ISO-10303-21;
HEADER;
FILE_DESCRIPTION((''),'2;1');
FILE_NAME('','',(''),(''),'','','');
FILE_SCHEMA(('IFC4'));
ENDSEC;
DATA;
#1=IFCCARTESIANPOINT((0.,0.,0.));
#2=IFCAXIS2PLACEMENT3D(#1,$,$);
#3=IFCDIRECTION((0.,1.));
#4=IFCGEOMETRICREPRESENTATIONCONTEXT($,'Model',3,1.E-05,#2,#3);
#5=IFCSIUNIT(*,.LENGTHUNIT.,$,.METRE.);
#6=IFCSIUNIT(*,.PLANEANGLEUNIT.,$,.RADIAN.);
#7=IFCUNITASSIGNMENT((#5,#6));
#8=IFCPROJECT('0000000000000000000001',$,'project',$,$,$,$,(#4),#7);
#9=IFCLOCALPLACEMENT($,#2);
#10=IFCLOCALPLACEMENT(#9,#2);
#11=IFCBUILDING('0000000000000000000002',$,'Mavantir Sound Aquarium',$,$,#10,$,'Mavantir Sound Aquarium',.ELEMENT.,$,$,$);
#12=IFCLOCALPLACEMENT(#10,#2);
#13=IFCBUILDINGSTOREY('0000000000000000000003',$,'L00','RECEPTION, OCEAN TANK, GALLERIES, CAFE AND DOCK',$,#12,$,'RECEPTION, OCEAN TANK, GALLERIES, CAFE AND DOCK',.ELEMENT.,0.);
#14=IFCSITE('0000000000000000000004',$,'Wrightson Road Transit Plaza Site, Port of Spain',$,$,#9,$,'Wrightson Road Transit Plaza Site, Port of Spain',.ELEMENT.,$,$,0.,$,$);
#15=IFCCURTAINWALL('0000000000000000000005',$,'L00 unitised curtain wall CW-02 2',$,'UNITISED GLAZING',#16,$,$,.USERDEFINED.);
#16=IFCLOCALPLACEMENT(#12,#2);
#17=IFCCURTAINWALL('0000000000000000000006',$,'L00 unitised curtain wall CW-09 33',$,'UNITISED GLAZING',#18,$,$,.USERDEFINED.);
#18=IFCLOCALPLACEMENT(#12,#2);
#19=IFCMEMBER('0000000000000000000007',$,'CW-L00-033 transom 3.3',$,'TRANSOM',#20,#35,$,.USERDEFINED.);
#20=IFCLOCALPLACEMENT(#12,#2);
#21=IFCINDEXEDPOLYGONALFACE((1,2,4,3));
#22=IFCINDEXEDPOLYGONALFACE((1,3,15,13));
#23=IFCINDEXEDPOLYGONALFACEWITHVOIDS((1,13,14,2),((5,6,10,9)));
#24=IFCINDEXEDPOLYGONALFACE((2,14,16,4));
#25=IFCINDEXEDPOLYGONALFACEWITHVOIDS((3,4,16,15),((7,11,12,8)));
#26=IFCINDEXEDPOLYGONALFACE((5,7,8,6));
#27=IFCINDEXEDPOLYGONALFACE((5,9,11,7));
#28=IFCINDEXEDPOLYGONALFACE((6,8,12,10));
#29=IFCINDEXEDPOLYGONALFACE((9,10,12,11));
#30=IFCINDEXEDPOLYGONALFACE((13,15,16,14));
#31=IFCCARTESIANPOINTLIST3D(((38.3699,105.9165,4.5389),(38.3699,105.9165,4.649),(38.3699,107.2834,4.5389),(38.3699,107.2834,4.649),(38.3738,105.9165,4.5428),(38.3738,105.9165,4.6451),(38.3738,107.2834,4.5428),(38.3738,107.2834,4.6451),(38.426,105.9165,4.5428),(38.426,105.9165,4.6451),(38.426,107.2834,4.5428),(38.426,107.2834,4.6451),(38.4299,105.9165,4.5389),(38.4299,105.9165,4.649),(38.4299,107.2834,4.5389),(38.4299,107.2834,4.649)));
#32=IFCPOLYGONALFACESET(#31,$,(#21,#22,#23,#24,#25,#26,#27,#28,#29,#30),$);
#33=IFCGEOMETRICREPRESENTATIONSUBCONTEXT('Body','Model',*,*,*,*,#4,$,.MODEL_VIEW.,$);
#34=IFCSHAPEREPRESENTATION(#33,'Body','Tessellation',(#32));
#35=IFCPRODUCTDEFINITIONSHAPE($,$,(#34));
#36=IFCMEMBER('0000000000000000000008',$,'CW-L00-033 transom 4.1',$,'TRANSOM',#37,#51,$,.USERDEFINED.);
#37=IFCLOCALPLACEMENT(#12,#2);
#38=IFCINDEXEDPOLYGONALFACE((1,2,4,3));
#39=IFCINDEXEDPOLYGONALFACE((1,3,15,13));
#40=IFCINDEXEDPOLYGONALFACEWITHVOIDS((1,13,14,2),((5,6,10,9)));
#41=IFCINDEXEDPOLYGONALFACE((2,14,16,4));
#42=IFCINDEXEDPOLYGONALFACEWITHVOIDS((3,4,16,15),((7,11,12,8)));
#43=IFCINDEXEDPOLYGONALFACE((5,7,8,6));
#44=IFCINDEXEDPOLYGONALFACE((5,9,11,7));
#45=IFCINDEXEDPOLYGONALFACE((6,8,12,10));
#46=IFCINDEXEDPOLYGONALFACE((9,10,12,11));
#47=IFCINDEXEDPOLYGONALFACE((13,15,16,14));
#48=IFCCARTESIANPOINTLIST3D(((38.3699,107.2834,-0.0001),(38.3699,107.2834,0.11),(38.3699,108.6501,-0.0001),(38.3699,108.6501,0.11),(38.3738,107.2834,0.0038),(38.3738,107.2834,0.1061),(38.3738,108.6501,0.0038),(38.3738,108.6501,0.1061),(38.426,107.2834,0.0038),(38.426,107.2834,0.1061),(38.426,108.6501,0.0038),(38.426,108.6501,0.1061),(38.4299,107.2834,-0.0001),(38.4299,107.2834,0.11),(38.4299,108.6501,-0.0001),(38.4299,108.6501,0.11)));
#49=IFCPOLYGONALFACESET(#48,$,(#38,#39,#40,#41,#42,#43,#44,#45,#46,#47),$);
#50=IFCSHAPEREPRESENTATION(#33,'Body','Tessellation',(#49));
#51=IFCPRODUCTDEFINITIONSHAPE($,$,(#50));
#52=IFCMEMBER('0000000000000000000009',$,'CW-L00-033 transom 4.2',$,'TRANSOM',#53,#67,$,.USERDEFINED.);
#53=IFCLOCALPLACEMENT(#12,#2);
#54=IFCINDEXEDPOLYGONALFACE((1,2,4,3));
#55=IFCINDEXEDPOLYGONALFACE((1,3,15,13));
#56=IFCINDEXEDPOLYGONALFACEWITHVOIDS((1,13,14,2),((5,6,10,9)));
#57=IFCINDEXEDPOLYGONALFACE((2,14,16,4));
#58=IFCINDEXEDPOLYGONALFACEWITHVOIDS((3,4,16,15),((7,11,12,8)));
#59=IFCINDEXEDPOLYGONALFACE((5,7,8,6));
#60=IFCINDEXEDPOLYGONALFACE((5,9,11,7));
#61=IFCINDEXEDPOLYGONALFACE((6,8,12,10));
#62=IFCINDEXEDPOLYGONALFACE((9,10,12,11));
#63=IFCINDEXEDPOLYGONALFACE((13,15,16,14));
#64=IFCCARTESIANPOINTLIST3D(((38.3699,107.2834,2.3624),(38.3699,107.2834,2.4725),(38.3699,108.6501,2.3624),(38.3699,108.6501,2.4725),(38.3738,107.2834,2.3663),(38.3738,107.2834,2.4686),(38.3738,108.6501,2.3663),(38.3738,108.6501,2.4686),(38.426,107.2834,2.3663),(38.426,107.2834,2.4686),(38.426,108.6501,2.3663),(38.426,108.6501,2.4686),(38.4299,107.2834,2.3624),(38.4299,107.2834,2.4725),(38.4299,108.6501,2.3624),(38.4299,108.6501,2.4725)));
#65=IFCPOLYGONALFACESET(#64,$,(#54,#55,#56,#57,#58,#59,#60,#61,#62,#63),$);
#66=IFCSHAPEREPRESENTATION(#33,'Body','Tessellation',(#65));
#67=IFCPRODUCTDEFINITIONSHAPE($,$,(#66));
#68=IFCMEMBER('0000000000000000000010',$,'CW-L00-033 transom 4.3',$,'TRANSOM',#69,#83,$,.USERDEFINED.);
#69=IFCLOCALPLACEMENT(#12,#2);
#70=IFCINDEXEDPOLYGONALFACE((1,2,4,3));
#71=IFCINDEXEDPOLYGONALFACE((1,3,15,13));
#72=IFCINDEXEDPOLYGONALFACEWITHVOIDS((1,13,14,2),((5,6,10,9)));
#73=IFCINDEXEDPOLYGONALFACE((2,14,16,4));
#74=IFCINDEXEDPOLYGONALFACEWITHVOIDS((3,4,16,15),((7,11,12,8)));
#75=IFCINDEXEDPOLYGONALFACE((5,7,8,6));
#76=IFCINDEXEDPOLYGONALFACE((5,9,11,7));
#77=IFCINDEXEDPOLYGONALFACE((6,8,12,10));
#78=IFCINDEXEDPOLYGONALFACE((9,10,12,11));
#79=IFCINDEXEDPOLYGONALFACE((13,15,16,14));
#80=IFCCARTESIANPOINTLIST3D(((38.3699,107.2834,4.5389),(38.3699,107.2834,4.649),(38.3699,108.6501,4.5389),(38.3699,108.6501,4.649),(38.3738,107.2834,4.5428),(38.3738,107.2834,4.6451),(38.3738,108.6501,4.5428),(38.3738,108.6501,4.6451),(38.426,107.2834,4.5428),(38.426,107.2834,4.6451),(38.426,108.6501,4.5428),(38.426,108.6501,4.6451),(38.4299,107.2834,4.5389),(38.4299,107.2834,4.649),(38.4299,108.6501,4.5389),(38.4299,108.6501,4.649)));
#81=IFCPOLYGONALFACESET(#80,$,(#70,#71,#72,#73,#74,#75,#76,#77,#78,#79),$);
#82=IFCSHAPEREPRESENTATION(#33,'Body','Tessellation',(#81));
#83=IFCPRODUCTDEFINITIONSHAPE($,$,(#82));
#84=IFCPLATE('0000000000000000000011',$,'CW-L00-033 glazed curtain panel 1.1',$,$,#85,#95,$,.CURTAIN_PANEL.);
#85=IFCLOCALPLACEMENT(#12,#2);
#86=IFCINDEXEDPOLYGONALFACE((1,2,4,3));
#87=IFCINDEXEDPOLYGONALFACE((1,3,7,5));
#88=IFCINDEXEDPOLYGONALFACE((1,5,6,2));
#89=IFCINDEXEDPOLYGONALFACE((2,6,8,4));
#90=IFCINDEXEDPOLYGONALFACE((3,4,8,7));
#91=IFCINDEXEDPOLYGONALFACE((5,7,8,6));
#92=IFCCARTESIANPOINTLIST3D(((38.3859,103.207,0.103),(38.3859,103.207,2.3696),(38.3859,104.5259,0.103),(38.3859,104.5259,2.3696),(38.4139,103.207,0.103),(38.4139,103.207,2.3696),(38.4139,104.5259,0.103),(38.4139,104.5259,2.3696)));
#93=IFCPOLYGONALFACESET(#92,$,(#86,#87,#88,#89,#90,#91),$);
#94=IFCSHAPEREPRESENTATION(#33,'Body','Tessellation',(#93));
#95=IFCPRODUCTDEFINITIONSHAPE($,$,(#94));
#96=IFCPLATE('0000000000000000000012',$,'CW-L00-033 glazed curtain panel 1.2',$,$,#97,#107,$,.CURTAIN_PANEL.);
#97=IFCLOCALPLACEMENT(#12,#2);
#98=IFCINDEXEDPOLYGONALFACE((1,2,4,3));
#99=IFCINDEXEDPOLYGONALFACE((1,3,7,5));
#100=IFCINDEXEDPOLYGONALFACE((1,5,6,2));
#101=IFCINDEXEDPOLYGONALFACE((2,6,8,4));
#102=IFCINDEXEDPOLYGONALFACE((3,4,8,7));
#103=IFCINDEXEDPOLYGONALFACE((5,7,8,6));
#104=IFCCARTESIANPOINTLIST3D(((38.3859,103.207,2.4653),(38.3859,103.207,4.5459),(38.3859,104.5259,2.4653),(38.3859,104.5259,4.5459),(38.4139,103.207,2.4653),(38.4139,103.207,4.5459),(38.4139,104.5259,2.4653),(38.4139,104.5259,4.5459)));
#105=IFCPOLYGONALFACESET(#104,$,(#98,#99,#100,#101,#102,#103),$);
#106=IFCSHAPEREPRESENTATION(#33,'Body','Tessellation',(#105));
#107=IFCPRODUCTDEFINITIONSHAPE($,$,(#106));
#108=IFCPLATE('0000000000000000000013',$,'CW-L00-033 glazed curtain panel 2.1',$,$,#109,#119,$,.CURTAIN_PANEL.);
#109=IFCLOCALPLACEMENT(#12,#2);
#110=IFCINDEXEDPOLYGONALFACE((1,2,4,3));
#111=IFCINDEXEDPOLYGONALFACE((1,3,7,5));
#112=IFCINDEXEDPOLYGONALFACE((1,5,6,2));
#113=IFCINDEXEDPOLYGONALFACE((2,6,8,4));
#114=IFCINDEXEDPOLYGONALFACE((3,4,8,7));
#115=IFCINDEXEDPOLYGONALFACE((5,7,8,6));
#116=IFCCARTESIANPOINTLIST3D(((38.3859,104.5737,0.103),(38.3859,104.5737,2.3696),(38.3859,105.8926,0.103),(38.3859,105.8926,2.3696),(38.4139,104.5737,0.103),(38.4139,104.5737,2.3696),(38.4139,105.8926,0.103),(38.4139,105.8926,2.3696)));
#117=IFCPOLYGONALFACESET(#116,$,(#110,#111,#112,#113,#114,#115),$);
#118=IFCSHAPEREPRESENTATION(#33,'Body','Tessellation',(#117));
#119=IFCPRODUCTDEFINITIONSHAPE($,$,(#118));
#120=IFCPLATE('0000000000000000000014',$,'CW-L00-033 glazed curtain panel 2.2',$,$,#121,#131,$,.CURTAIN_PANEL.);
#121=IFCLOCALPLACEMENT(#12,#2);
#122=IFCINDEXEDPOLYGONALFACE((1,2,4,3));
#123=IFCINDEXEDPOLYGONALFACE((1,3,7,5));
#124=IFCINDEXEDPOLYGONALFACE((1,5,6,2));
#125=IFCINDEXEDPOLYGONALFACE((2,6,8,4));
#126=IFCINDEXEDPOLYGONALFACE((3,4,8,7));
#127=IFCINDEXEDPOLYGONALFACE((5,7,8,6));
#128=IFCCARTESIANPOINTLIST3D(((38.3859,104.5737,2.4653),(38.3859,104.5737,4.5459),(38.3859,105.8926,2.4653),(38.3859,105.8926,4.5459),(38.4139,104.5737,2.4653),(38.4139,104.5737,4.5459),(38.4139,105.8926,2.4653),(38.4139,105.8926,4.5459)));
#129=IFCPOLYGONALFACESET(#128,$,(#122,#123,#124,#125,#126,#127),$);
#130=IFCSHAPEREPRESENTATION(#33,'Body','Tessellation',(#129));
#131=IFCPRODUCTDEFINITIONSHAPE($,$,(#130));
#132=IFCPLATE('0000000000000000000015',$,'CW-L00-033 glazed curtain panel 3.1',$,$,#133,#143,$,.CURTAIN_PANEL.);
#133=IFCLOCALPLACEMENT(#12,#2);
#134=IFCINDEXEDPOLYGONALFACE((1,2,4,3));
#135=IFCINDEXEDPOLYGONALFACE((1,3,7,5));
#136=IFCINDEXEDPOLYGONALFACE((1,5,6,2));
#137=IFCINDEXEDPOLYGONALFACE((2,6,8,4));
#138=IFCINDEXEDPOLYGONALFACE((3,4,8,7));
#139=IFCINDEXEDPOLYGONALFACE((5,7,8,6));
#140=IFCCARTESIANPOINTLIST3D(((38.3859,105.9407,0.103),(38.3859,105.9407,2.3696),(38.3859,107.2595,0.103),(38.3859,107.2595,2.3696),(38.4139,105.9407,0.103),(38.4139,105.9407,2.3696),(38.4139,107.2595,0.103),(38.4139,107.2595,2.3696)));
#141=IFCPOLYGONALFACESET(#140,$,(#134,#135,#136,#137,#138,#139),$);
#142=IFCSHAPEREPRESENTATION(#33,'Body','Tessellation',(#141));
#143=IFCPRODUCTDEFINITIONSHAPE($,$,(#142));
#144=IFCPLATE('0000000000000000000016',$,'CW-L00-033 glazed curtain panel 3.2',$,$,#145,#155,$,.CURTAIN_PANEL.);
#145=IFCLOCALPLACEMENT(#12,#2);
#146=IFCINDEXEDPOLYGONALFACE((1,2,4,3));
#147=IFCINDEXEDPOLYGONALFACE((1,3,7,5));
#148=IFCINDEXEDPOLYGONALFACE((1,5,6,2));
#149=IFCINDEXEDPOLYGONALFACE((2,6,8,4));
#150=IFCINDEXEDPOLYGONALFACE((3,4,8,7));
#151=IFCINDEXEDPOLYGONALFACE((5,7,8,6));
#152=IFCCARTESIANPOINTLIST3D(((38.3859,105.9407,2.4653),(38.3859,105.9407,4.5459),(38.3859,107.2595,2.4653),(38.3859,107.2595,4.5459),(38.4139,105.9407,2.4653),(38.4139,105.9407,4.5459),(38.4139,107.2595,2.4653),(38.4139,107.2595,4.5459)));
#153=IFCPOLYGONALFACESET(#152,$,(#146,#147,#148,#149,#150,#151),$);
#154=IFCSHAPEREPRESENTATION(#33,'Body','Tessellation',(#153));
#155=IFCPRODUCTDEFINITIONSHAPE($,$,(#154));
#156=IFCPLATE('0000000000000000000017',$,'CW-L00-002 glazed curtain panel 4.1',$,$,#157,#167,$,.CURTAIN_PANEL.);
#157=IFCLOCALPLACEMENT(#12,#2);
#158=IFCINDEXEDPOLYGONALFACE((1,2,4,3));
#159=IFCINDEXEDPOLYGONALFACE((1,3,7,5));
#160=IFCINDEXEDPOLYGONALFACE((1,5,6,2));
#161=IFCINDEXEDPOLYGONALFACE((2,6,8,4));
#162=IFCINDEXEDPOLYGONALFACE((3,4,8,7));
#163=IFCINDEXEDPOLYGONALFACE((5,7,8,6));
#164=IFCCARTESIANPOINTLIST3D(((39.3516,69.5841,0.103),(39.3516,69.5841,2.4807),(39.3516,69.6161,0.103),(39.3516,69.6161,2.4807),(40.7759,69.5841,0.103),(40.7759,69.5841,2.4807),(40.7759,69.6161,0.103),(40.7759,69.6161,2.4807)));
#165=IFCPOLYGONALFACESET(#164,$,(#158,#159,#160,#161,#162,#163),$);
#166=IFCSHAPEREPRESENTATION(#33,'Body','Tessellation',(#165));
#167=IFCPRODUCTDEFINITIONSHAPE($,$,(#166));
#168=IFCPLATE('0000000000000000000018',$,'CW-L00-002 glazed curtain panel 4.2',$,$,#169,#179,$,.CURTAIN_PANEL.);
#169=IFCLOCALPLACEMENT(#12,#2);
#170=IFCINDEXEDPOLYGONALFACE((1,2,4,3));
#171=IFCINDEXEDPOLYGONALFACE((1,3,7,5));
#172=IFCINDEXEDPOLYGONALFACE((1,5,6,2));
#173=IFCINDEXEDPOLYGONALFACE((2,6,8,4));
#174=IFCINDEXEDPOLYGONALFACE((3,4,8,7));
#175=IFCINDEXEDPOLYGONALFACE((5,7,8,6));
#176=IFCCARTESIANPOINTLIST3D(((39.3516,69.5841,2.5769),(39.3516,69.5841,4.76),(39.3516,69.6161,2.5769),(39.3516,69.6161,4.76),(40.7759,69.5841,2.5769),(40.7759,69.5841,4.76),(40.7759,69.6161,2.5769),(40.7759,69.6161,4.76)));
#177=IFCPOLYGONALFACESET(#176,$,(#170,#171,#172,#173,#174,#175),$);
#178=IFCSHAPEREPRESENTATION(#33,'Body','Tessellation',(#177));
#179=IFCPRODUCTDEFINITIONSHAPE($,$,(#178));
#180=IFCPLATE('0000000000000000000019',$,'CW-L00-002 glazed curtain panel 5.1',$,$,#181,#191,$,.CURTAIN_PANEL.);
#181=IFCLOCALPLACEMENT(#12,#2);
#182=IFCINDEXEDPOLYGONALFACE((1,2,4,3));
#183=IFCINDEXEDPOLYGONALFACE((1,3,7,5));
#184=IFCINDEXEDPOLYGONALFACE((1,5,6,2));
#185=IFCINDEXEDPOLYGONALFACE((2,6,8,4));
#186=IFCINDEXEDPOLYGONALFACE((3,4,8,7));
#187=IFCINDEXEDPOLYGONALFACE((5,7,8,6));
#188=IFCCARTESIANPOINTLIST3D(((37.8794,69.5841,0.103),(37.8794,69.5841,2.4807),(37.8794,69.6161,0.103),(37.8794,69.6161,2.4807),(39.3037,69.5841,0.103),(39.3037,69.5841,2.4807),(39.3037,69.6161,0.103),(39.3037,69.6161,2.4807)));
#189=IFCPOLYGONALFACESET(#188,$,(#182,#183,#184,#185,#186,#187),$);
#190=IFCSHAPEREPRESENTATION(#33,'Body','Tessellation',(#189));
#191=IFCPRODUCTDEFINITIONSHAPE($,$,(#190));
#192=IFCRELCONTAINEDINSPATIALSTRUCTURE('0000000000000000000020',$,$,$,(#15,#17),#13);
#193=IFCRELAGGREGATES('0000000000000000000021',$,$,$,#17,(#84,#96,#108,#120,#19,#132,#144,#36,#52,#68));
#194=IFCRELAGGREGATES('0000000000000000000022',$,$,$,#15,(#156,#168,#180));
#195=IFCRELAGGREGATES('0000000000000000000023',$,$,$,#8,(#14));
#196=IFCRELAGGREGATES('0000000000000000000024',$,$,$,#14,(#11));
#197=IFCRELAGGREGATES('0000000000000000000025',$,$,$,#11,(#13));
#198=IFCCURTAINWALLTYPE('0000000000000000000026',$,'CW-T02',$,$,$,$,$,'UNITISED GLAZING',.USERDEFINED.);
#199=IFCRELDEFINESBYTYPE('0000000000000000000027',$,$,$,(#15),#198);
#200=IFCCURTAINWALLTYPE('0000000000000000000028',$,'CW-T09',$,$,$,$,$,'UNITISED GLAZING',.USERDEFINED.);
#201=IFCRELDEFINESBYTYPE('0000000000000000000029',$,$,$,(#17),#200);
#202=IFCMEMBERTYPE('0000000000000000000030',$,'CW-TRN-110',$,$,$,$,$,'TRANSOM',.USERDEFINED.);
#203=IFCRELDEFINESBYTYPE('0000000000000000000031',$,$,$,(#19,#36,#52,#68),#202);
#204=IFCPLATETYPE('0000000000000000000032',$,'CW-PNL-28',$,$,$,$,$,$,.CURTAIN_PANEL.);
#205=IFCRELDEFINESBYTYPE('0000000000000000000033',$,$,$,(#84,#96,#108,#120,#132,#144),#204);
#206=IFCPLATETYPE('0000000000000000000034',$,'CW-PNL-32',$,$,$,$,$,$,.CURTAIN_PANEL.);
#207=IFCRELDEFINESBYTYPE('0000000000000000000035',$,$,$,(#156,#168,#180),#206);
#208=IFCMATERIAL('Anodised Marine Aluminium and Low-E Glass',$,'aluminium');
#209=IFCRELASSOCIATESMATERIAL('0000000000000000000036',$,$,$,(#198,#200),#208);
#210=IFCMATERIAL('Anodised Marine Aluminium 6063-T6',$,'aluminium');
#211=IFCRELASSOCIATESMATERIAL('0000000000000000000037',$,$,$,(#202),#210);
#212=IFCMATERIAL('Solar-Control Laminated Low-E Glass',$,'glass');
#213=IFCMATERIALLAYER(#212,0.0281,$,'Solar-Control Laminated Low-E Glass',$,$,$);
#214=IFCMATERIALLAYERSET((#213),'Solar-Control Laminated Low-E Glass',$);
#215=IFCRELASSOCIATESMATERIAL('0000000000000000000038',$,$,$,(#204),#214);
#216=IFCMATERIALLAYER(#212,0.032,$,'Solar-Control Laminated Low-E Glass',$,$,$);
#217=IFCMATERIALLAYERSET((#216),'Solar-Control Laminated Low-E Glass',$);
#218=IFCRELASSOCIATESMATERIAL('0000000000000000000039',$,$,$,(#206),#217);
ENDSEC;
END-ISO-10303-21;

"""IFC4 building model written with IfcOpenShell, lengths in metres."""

from ifc_helpers import new_model, si_unit, direction, frame, origin, origin_2d, place, context, subcontext, project, spatial, rectangle, hollow_rectangle, extrude, material, layer, layer_set, material_profile, profile_set, type_object, element, aggregate, save


model = new_model("IFC4")

# Units and contexts
model_context = context("Model", 3, precision=1e-05, world=origin(), true_north=direction((0.0, 1.0)))
body_context = subcontext(model_context, "Body", "Model", "MODEL_VIEW")
ifc_project = project(units=[si_unit("LENGTHUNIT", "METRE"), si_unit("PLANEANGLEUNIT", "RADIAN")], contexts=[model_context])

# Site, building, storey
site_placement = place(None, origin())
site = spatial("IfcSite", under=ifc_project, at=site_placement, Name="Wrightson Road Transit Plaza Site, Port of Spain", LongName="Wrightson Road Transit Plaza Site, Port of Spain", CompositionType="ELEMENT", RefElevation=0.0)
building_placement = place(site_placement, origin())
building = spatial("IfcBuilding", under=site, at=building_placement, Name="Mavantir Sound Aquarium", LongName="Mavantir Sound Aquarium", CompositionType="ELEMENT")
storey_placement = place(building_placement, origin())
storey = spatial("IfcBuildingStorey", under=building, at=storey_placement, Name="L00", Description="RECEPTION, OCEAN TANK, GALLERIES, CAFE AND DOCK", LongName="RECEPTION, OCEAN TANK, GALLERIES, CAFE AND DOCK", CompositionType="ELEMENT", Elevation=0.0)

# Curtain wall
ifc_material_1 = material(Name="Anodised Marine Aluminium and Low-E Glass", Category="aluminium")
curtain_wall_type_1 = type_object("IfcCurtainWallType", Name="CW-T02", ElementType="UNITISED GLAZING", PredefinedType="USERDEFINED", material=ifc_material_1)
curtain_wall_1_placement = place(storey_placement, origin())
curtain_wall_1 = element("IfcCurtainWall", 1, at=curtain_wall_1_placement, inside=storey, type_object=curtain_wall_type_1, Name="L00 unitised curtain wall CW-02 2", ObjectType="UNITISED GLAZING", PredefinedType="USERDEFINED")
ifc_material_2 = material(Name="Anodised Marine Aluminium 6063-T6", Category="aluminium")
ifc_material_profile_1 = material_profile(ifc_material_2, hollow_rectangle(XDim=0.0601, YDim=0.1101, WallThickness=0.0039, at=origin_2d()), Name="ALU-TRANSOM-110X60")
ifc_profile_set_1 = profile_set([ifc_material_profile_1], Name="Anodised Marine Aluminium 6063-T6")
member_type_1 = type_object("IfcMemberType", Name="CW-TRN-110", ElementType="TRANSOM", PredefinedType="USERDEFINED", material=ifc_profile_set_1)

# Curtain wall, members, plates
curtain_wall_type_2 = type_object("IfcCurtainWallType", Name="CW-T09", ElementType="UNITISED GLAZING", PredefinedType="USERDEFINED", material=ifc_material_1)
curtain_wall_2_placement = place(storey_placement, origin())
curtain_wall_2 = element("IfcCurtainWall", 2, at=curtain_wall_2_placement, inside=storey, type_object=curtain_wall_type_2, Name="L00 unitised curtain wall CW-09 33", ObjectType="UNITISED GLAZING", PredefinedType="USERDEFINED")
member_1_placement = place(storey_placement, frame((38.3999, 105.9165, 4.594), z_axis=(0.0, 1.0, 0.0), x_axis=(-1.0, 0.0, 0.0)))
member_1 = element("IfcMember", 3, at=member_1_placement, type_object=member_type_1, Name="CW-L00-033 transom 3.3", ObjectType="TRANSOM", PredefinedType="USERDEFINED", context=body_context, shape_type="SweptSolid", body=[
    extrude(hollow_rectangle(XDim=0.0601, YDim=0.1101, WallThickness=0.0039, at=origin_2d()), origin(), (0.0, 0.0, 1.0), 1.3669),
])
member_2_placement = place(storey_placement, frame((38.3999, 107.2834, 0.0549), z_axis=(0.0, 1.0, 0.0), x_axis=(-1.0, 0.0, 0.0)))
member_2 = element("IfcMember", 4, at=member_2_placement, type_object=member_type_1, Name="CW-L00-033 transom 4.1", ObjectType="TRANSOM", PredefinedType="USERDEFINED", context=body_context, shape_type="SweptSolid", body=[
    extrude(hollow_rectangle(XDim=0.0601, YDim=0.1101, WallThickness=0.0039, at=origin_2d()), origin(), (0.0, 0.0, 1.0), 1.3667),
])
member_3_placement = place(storey_placement, frame((38.3999, 107.2834, 2.4175), z_axis=(0.0, 1.0, 0.0), x_axis=(-1.0, 0.0, 0.0)))
member_3 = element("IfcMember", 5, at=member_3_placement, type_object=member_type_1, Name="CW-L00-033 transom 4.2", ObjectType="TRANSOM", PredefinedType="USERDEFINED", context=body_context, shape_type="SweptSolid", body=[
    extrude(hollow_rectangle(XDim=0.0601, YDim=0.1101, WallThickness=0.0039, at=origin_2d()), origin(), (0.0, 0.0, 1.0), 1.3667),
])
member_4_placement = place(storey_placement, frame((38.3999, 107.2834, 4.594), z_axis=(0.0, 1.0, 0.0), x_axis=(-1.0, 0.0, 0.0)))
member_4 = element("IfcMember", 6, at=member_4_placement, type_object=member_type_1, Name="CW-L00-033 transom 4.3", ObjectType="TRANSOM", PredefinedType="USERDEFINED", context=body_context, shape_type="SweptSolid", body=[
    extrude(hollow_rectangle(XDim=0.0601, YDim=0.1101, WallThickness=0.0039, at=origin_2d()), origin(), (0.0, 0.0, 1.0), 1.3667),
])
ifc_material_3 = material(Name="Solar-Control Laminated Low-E Glass", Category="glass")
ifc_layer_1 = layer(ifc_material_3, 0.0281, Name="Solar-Control Laminated Low-E Glass")
ifc_layer_set_1 = layer_set([ifc_layer_1], Name="Solar-Control Laminated Low-E Glass")
plate_type_1 = type_object("IfcPlateType", Name="CW-PNL-28", PredefinedType="CURTAIN_PANEL", material=ifc_layer_set_1)
plate_1_placement = place(storey_placement, frame((38.3999, 103.8665, 0.103), z_axis=(0.0, 0.0, 1.0), x_axis=(0.0, 1.0, 0.0)))
plate_1 = element("IfcPlate", 7, at=plate_1_placement, type_object=plate_type_1, Name="CW-L00-033 glazed curtain panel 1.1", PredefinedType="CURTAIN_PANEL", context=body_context, shape_type="SweptSolid", body=[
    extrude(rectangle(XDim=1.3188, YDim=0.0281, at=origin_2d()), origin(), (0.0, 0.0, 1.0), 2.2666),
])
plate_2_placement = place(storey_placement, frame((38.3999, 103.8665, 2.4653), z_axis=(0.0, 0.0, 1.0), x_axis=(0.0, 1.0, 0.0)))
plate_2 = element("IfcPlate", 8, at=plate_2_placement, type_object=plate_type_1, Name="CW-L00-033 glazed curtain panel 1.2", PredefinedType="CURTAIN_PANEL", context=body_context, shape_type="SweptSolid", body=[
    extrude(rectangle(XDim=1.3188, YDim=0.0281, at=origin_2d()), origin(), (0.0, 0.0, 1.0), 2.0806),
])
plate_3_placement = place(storey_placement, frame((38.3999, 105.2332, 0.103), z_axis=(0.0, 0.0, 1.0), x_axis=(0.0, 1.0, 0.0)))
plate_3 = element("IfcPlate", 9, at=plate_3_placement, type_object=plate_type_1, Name="CW-L00-033 glazed curtain panel 2.1", PredefinedType="CURTAIN_PANEL", context=body_context, shape_type="SweptSolid", body=[
    extrude(rectangle(XDim=1.3188, YDim=0.0281, at=origin_2d()), origin(), (0.0, 0.0, 1.0), 2.2666),
])
plate_4_placement = place(storey_placement, frame((38.3999, 105.2332, 2.4653), z_axis=(0.0, 0.0, 1.0), x_axis=(0.0, 1.0, 0.0)))
plate_4 = element("IfcPlate", 10, at=plate_4_placement, type_object=plate_type_1, Name="CW-L00-033 glazed curtain panel 2.2", PredefinedType="CURTAIN_PANEL", context=body_context, shape_type="SweptSolid", body=[
    extrude(rectangle(XDim=1.3188, YDim=0.0281, at=origin_2d()), origin(), (0.0, 0.0, 1.0), 2.0806),
])
plate_5_placement = place(storey_placement, frame((38.3999, 106.6001, 0.103), z_axis=(0.0, 0.0, 1.0), x_axis=(0.0, 1.0, 0.0)))
plate_5 = element("IfcPlate", 11, at=plate_5_placement, type_object=plate_type_1, Name="CW-L00-033 glazed curtain panel 3.1", PredefinedType="CURTAIN_PANEL", context=body_context, shape_type="SweptSolid", body=[
    extrude(rectangle(XDim=1.3188, YDim=0.0281, at=origin_2d()), origin(), (0.0, 0.0, 1.0), 2.2666),
])
plate_6_placement = place(storey_placement, frame((38.3999, 106.6001, 2.4653), z_axis=(0.0, 0.0, 1.0), x_axis=(0.0, 1.0, 0.0)))
plate_6 = element("IfcPlate", 12, at=plate_6_placement, type_object=plate_type_1, Name="CW-L00-033 glazed curtain panel 3.2", PredefinedType="CURTAIN_PANEL", context=body_context, shape_type="SweptSolid", body=[
    extrude(rectangle(XDim=1.3188, YDim=0.0281, at=origin_2d()), origin(), (0.0, 0.0, 1.0), 2.0806),
])
aggregate(curtain_wall_2, [plate_1, plate_2, plate_3, plate_4, member_1, plate_5, plate_6, member_2, member_3, member_4])

# Plates
ifc_layer_2 = layer(ifc_material_3, 0.032, Name="Solar-Control Laminated Low-E Glass")
ifc_layer_set_2 = layer_set([ifc_layer_2], Name="Solar-Control Laminated Low-E Glass")
plate_type_2 = type_object("IfcPlateType", Name="CW-PNL-32", PredefinedType="CURTAIN_PANEL", material=ifc_layer_set_2)
plate_7_placement = place(storey_placement, frame((40.0637, 69.6001, 0.103), z_axis=(0.0, 0.0, 1.0), x_axis=(-1.0, 0.0, 0.0)))
plate_7 = element("IfcPlate", 13, at=plate_7_placement, type_object=plate_type_2, Name="CW-L00-002 glazed curtain panel 4.1", PredefinedType="CURTAIN_PANEL", context=body_context, shape_type="SweptSolid", body=[
    extrude(rectangle(XDim=1.4243, YDim=0.032, at=origin_2d()), origin(), (0.0, 0.0, 1.0), 2.3777),
])
plate_8_placement = place(storey_placement, frame((40.0637, 69.6001, 2.5769), z_axis=(0.0, 0.0, 1.0), x_axis=(-1.0, 0.0, 0.0)))
plate_8 = element("IfcPlate", 14, at=plate_8_placement, type_object=plate_type_2, Name="CW-L00-002 glazed curtain panel 4.2", PredefinedType="CURTAIN_PANEL", context=body_context, shape_type="SweptSolid", body=[
    extrude(rectangle(XDim=1.4243, YDim=0.032, at=origin_2d()), origin(), (0.0, 0.0, 1.0), 2.1831),
])
plate_9_placement = place(storey_placement, frame((38.5916, 69.6001, 0.103), z_axis=(0.0, 0.0, 1.0), x_axis=(-1.0, 0.0, 0.0)))
plate_9 = element("IfcPlate", 15, at=plate_9_placement, type_object=plate_type_2, Name="CW-L00-002 glazed curtain panel 5.1", PredefinedType="CURTAIN_PANEL", context=body_context, shape_type="SweptSolid", body=[
    extrude(rectangle(XDim=1.4243, YDim=0.032, at=origin_2d()), origin(), (0.0, 0.0, 1.0), 2.3777),
])
aggregate(curtain_wall_1, [plate_7, plate_8, plate_9])

save(model, "model.ifc")
